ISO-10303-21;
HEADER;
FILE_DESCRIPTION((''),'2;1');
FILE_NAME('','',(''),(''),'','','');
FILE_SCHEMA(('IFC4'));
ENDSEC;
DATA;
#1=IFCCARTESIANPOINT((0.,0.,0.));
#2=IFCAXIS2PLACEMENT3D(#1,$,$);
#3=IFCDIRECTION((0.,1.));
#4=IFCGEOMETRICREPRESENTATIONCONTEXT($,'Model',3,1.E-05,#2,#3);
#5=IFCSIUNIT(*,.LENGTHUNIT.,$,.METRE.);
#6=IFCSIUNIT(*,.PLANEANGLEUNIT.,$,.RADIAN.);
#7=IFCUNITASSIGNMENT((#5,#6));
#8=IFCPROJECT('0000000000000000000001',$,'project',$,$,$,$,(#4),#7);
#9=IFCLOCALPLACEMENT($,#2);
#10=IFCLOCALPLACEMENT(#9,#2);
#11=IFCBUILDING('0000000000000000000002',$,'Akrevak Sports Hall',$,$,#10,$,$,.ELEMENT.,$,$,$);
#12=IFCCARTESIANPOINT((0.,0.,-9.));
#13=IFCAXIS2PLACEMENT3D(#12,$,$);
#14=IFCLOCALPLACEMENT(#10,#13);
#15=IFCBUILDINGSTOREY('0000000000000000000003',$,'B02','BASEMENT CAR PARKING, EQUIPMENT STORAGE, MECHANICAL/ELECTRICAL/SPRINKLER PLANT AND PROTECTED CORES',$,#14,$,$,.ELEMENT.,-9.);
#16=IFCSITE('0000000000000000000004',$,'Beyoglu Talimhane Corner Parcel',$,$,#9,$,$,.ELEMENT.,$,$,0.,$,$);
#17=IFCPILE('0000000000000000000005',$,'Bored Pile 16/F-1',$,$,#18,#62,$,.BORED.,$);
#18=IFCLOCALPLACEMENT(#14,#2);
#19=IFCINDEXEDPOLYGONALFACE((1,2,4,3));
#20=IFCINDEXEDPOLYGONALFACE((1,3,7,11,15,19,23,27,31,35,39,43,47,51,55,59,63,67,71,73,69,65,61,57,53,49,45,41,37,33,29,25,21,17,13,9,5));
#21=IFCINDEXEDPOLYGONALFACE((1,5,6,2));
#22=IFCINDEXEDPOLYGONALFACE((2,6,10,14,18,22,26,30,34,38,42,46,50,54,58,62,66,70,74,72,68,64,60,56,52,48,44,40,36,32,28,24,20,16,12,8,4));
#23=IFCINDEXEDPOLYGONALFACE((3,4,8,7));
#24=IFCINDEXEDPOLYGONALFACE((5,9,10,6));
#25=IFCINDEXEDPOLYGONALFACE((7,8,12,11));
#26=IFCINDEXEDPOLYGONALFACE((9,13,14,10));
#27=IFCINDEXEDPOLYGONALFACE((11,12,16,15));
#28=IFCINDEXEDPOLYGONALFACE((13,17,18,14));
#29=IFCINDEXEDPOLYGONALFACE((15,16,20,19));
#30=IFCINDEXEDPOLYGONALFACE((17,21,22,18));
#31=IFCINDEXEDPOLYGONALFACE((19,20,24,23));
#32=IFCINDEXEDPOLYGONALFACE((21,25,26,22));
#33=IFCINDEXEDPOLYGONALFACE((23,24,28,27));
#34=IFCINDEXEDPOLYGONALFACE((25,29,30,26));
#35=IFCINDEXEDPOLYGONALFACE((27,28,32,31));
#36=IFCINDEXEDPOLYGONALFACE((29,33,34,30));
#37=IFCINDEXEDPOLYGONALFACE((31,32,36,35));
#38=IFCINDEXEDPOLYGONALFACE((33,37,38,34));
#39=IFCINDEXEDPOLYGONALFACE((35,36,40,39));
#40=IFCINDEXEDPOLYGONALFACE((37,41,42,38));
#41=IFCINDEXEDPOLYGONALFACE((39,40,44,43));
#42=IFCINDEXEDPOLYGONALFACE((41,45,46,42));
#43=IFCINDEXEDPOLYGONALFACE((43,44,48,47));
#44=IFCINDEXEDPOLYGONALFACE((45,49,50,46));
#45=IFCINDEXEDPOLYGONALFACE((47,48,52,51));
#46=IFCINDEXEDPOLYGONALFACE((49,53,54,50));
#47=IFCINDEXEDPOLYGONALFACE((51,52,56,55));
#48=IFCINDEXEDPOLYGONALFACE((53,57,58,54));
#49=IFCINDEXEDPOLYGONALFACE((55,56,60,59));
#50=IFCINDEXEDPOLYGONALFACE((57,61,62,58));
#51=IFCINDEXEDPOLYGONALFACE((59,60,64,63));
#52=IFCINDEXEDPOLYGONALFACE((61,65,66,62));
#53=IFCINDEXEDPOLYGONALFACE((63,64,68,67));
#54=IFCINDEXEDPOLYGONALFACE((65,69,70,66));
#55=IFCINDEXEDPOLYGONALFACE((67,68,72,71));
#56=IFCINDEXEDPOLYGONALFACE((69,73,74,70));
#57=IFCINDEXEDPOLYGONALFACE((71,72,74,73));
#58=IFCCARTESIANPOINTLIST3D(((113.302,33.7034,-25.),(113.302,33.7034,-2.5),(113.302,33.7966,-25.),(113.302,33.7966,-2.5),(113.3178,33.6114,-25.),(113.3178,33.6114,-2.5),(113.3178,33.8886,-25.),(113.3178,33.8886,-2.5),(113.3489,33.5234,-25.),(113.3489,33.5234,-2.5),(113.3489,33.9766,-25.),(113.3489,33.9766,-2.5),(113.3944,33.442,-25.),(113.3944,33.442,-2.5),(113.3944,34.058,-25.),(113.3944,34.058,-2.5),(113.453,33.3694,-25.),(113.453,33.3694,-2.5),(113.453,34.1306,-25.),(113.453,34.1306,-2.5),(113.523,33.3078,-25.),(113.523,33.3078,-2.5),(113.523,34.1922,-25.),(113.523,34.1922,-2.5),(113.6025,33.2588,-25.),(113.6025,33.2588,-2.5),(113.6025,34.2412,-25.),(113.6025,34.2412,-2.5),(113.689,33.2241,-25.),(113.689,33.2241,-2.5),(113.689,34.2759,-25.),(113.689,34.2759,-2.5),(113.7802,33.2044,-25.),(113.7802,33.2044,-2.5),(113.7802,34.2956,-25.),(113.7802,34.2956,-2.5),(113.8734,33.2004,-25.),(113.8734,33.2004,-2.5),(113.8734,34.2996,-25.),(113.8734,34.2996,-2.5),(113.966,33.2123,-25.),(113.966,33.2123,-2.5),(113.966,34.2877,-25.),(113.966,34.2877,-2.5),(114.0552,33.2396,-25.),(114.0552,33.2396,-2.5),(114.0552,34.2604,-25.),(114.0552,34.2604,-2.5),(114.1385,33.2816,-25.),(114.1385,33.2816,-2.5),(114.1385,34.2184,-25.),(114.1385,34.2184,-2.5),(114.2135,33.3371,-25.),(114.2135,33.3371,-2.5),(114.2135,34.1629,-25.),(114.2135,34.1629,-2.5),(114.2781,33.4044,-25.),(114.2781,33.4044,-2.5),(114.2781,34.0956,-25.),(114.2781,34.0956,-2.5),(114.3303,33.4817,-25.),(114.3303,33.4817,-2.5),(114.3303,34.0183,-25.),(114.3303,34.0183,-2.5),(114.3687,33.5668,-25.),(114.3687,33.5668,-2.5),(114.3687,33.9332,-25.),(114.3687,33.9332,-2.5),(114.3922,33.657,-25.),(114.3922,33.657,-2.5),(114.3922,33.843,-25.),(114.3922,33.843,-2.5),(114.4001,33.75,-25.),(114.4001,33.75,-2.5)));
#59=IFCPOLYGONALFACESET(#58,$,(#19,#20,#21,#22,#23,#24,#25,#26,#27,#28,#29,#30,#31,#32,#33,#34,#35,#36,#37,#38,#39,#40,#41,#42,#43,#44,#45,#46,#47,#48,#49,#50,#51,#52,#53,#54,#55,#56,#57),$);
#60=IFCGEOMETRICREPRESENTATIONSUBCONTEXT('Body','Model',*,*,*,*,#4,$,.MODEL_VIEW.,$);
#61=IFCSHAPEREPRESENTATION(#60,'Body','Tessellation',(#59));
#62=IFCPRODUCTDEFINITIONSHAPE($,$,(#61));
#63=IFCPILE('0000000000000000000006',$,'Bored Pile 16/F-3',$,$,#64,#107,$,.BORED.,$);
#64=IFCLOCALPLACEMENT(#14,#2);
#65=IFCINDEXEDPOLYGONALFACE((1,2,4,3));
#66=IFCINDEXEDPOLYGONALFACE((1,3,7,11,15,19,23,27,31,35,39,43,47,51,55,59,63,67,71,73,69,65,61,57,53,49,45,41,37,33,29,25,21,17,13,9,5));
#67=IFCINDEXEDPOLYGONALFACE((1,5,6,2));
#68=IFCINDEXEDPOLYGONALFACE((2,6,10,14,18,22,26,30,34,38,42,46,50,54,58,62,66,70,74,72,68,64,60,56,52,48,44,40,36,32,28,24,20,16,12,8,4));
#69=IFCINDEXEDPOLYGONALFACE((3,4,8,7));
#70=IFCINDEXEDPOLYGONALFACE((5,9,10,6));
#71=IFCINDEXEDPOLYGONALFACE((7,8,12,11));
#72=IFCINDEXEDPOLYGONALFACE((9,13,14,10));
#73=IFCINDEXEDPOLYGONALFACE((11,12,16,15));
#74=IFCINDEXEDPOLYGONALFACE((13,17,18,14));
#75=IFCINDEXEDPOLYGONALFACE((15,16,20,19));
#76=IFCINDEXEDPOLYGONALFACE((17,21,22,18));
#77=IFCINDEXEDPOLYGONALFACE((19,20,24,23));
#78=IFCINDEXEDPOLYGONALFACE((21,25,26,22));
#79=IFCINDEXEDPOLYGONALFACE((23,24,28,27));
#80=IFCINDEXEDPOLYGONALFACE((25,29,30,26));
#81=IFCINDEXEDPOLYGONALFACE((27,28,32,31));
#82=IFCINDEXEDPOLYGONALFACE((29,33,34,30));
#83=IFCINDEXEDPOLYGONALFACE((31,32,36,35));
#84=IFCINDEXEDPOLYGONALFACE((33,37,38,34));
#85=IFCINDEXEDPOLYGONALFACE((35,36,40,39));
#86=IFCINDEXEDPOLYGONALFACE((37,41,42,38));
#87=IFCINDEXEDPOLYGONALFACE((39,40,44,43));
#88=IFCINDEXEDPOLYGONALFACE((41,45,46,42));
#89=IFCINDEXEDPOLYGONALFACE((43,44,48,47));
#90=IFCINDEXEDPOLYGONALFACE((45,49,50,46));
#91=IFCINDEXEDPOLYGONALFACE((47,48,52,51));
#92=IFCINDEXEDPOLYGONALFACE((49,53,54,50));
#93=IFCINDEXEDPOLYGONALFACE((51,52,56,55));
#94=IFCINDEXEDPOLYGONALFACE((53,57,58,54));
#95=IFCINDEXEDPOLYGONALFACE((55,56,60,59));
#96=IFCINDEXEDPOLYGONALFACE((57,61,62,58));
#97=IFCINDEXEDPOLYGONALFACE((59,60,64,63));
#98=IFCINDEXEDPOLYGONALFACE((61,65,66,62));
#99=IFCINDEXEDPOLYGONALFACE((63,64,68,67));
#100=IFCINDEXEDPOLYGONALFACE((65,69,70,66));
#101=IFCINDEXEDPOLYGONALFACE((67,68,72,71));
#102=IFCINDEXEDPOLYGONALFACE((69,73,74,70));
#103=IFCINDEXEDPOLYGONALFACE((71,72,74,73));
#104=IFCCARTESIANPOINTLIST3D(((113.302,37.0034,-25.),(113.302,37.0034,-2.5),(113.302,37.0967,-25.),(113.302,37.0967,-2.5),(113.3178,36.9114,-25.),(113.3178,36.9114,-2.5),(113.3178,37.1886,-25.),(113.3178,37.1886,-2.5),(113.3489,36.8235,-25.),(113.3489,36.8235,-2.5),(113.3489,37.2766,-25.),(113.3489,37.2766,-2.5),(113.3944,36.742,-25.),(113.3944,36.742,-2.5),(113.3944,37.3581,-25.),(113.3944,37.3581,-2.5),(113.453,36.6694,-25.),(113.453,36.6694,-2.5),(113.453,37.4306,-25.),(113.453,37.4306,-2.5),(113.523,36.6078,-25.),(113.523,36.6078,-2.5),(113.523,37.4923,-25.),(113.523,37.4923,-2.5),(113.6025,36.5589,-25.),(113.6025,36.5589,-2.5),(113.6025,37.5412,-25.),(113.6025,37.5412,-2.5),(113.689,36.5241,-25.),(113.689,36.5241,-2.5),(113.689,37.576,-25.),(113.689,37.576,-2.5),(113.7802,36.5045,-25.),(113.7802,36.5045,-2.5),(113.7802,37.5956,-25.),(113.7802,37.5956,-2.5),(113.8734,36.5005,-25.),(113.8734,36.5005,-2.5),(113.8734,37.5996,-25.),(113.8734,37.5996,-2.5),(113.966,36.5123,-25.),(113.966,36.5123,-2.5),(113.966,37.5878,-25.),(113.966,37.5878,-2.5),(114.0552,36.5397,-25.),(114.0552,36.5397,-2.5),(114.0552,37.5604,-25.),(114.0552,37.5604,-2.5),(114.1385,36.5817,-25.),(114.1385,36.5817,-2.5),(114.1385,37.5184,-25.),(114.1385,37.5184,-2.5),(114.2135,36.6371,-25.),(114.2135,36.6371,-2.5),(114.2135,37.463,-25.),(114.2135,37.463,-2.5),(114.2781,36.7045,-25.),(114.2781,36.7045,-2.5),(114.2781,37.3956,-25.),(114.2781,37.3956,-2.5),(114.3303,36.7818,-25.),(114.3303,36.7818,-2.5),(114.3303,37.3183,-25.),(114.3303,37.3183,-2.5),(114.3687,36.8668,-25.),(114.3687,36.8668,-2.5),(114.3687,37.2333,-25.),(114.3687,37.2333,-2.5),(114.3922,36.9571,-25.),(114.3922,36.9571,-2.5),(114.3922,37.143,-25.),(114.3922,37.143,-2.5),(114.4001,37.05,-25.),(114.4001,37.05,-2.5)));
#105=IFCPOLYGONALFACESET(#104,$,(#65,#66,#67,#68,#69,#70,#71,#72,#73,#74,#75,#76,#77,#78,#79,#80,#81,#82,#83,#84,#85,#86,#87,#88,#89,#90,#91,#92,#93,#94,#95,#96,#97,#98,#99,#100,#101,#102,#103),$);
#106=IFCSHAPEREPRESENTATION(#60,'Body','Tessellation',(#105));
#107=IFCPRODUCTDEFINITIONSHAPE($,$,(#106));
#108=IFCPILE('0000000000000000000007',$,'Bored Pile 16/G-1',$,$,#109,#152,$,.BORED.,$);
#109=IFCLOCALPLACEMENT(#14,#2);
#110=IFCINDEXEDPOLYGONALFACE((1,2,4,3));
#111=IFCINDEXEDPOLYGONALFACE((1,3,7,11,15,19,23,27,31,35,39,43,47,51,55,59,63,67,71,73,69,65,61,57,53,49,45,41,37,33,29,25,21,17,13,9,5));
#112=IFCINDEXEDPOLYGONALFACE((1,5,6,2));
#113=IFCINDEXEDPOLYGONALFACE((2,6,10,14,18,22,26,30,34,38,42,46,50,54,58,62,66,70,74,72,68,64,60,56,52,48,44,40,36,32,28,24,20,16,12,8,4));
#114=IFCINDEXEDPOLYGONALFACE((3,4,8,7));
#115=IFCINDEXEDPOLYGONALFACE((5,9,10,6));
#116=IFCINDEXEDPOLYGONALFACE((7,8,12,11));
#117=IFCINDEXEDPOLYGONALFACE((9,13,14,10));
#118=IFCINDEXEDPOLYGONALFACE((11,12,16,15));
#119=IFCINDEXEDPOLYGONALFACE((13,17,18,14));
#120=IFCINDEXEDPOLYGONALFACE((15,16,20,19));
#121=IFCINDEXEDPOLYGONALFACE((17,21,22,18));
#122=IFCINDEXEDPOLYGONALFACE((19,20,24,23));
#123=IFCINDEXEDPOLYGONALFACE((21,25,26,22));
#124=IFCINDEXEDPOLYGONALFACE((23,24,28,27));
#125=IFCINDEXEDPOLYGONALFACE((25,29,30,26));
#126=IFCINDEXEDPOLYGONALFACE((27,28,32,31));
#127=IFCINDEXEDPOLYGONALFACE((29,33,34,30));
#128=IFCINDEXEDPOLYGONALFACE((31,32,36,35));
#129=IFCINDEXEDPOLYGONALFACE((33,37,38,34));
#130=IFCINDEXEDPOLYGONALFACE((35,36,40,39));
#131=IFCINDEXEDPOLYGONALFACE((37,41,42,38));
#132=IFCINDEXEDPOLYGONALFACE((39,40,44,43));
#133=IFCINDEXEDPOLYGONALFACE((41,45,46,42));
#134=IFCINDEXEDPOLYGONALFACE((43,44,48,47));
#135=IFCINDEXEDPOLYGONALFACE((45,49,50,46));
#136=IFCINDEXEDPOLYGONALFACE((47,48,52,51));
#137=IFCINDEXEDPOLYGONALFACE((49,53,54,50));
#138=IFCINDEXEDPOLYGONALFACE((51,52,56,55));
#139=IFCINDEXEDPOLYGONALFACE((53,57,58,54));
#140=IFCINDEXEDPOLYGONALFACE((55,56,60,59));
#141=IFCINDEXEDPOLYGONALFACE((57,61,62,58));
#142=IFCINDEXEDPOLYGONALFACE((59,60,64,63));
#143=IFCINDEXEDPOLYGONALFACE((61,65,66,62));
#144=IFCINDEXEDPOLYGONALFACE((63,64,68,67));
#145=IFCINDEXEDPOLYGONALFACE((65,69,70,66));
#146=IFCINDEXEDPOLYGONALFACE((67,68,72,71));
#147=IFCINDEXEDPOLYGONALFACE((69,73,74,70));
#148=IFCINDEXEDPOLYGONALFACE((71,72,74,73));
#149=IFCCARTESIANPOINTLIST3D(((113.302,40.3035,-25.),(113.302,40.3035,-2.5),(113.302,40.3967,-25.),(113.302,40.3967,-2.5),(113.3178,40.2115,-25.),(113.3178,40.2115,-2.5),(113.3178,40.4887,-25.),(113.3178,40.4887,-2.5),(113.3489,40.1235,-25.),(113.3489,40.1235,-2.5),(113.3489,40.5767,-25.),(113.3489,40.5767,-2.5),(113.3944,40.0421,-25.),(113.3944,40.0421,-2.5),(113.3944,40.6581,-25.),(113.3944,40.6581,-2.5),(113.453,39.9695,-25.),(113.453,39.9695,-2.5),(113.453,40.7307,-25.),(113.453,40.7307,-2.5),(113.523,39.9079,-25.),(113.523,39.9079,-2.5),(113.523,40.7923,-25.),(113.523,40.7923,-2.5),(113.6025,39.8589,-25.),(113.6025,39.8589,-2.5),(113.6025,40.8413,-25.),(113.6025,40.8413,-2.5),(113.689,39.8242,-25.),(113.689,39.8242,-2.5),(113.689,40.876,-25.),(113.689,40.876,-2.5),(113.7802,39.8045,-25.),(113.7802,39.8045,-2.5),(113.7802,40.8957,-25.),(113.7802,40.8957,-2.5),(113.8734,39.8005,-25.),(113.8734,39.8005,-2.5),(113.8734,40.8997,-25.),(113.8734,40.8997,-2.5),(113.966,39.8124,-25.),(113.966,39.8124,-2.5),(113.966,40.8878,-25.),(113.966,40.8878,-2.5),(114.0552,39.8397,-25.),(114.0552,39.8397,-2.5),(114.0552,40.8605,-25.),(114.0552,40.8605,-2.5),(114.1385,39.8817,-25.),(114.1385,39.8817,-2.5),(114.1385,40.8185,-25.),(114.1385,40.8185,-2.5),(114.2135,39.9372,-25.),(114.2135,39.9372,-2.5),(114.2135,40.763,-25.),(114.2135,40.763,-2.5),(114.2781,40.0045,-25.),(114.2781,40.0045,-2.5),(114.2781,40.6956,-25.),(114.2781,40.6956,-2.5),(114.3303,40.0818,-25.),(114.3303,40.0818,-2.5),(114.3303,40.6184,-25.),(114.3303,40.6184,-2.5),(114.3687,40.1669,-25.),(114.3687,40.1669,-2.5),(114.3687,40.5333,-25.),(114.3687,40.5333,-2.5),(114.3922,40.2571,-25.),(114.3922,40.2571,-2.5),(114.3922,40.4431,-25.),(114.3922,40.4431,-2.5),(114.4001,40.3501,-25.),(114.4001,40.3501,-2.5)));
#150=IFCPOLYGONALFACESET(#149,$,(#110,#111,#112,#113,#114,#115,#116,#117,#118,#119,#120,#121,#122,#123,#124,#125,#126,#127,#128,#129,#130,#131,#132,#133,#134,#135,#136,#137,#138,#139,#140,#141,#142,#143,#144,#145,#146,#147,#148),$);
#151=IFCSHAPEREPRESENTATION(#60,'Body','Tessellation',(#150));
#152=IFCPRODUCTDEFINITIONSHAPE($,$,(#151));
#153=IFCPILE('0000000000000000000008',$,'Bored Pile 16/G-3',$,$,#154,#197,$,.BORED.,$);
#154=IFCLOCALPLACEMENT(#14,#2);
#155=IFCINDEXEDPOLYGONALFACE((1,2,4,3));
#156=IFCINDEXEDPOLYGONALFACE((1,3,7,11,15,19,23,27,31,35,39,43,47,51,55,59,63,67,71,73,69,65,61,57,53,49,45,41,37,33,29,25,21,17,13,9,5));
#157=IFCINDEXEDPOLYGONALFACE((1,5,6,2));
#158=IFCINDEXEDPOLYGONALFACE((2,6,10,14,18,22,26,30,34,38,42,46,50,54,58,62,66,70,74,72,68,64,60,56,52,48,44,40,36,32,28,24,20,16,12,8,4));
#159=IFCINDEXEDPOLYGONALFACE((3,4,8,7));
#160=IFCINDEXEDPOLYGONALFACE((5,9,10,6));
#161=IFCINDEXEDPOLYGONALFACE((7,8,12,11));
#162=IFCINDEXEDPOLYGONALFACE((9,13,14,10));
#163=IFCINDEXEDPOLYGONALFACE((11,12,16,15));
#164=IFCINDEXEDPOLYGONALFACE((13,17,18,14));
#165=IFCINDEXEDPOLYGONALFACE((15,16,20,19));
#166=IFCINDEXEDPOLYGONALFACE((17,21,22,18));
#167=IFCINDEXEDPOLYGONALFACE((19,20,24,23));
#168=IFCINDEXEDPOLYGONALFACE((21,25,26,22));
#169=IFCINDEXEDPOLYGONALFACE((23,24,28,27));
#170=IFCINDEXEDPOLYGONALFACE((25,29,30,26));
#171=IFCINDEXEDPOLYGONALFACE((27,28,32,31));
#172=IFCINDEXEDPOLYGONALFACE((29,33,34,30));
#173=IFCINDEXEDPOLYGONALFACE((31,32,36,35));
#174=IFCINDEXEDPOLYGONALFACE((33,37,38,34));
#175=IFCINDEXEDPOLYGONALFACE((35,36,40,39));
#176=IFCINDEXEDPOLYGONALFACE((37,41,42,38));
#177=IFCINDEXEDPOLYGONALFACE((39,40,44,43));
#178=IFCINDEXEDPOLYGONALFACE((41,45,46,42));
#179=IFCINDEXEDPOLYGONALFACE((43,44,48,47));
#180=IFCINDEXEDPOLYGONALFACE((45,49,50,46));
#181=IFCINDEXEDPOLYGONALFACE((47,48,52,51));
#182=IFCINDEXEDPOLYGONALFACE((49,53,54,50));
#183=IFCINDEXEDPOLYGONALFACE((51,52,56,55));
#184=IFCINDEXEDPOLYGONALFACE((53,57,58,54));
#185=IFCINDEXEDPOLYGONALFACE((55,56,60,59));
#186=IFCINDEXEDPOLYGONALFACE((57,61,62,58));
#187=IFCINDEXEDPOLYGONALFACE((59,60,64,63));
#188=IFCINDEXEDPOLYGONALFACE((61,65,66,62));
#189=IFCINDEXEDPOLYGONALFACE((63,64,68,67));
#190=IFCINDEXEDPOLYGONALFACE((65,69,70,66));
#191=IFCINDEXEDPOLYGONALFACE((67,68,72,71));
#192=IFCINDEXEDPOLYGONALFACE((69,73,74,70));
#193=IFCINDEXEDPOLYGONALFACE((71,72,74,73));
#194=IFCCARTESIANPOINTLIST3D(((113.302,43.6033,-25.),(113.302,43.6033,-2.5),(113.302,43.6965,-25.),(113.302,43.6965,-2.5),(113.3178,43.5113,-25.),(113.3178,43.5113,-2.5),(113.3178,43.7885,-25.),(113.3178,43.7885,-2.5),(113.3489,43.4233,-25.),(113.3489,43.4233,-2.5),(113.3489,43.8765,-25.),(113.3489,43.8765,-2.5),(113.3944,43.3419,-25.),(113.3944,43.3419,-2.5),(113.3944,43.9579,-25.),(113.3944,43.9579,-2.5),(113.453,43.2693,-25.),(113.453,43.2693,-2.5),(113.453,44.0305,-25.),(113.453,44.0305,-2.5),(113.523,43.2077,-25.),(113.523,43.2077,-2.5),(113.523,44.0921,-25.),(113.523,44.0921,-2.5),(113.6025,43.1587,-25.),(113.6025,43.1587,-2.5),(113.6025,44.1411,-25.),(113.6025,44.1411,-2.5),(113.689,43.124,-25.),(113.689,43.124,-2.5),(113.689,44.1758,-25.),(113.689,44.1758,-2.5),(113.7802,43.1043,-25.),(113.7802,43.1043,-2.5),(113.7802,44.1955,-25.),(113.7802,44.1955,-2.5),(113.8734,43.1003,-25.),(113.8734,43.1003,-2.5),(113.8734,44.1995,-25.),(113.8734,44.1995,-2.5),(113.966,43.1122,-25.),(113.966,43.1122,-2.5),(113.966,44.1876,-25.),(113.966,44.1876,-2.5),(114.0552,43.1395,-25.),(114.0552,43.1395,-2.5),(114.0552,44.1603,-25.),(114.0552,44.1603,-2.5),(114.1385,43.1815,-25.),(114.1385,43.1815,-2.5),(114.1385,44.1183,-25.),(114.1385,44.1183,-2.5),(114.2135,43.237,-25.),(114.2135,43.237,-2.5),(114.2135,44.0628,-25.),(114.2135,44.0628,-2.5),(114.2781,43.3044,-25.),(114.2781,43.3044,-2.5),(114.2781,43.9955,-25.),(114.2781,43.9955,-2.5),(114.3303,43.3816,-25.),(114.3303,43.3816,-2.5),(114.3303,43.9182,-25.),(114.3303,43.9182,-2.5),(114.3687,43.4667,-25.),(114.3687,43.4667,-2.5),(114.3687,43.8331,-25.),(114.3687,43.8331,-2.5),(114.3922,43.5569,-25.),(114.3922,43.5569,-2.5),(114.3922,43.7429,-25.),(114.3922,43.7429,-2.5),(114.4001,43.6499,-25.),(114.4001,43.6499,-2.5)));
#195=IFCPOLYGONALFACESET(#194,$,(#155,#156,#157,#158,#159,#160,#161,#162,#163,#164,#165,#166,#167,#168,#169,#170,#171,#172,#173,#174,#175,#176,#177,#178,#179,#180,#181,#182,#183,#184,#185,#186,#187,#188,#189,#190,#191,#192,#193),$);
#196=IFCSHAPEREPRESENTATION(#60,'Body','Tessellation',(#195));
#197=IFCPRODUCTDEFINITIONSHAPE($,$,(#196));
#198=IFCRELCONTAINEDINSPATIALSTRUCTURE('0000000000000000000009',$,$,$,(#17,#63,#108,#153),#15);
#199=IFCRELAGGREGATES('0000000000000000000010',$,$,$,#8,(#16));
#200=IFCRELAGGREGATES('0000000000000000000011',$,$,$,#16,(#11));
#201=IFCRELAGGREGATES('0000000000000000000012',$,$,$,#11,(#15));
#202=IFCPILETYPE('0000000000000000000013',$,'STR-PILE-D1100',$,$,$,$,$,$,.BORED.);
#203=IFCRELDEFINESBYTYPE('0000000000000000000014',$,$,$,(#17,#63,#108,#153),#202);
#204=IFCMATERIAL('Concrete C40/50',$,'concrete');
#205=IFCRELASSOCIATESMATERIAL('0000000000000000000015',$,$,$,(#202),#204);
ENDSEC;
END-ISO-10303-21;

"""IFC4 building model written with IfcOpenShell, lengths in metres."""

from ifc_helpers import new_model, si_unit, direction, frame, origin, origin_2d, place, context, subcontext, project, spatial, circle, extrude, material, material_profile, profile_set, type_object, element, save


model = new_model("IFC4")

# Units and contexts
model_context = context("Model", 3, precision=1e-05, world=origin(), true_north=direction((0.0, 1.0)))
body_context = subcontext(model_context, "Body", "Model", "MODEL_VIEW")
ifc_project = project(units=[si_unit("LENGTHUNIT", "METRE"), si_unit("PLANEANGLEUNIT", "RADIAN")], contexts=[model_context])

# Site, building, storey
site_placement = place(None, origin())
site = spatial("IfcSite", under=ifc_project, at=site_placement, Name="Beyoglu Talimhane Corner Parcel", CompositionType="ELEMENT", RefElevation=0.0)
building_placement = place(site_placement, origin())
building = spatial("IfcBuilding", under=site, at=building_placement, Name="Akrevak Sports Hall", CompositionType="ELEMENT")
storey_placement = place(building_placement, frame((0.0, 0.0, -9.0)))
storey = spatial("IfcBuildingStorey", under=building, at=storey_placement, Name="B02", Description="BASEMENT CAR PARKING, EQUIPMENT STORAGE, MECHANICAL/ELECTRICAL/SPRINKLER PLANT AND PROTECTED CORES", CompositionType="ELEMENT", Elevation=-9.0)

# Shared definitions
ifc_material_1 = material(Name="Concrete C40/50", Category="concrete")

# Piles
ifc_material_profile_1 = material_profile(ifc_material_1, circle(Radius=0.55, at=origin_2d()), Name="BORED PILE D1100", Category="concrete")
ifc_profile_set_1 = profile_set([ifc_material_profile_1], Name="Concrete C40/50")
pile_type = type_object("IfcPileType", Name="STR-PILE-D1100", PredefinedType="BORED", material=ifc_profile_set_1)
for number, where, z_axis, x_axis, name in (
    (1, (113.8501, 33.75, -2.5), (0.0, 0.0, -1.0), (1.0, 0.0, 0.0), "Bored Pile 16/F-1"),
    (2, (113.8501, 37.05, -2.5), (0.0, 0.0, -1.0), (1.0, 0.0, 0.0), "Bored Pile 16/F-3"),
    (3, (113.8501, 40.3501, -2.5), (0.0, 0.0, -1.0), (1.0, 0.0, 0.0), "Bored Pile 16/G-1"),
    (4, (113.8501, 43.6499, -2.5), (0.0, 0.0, -1.0), (1.0, 0.0, 0.0), "Bored Pile 16/G-3"),
):
    element("IfcPile", number, at=place(storey_placement, frame(where, z_axis=z_axis, x_axis=x_axis)), inside=storey, type_object=pile_type, Name=name, PredefinedType="BORED", context=body_context, shape_type="SweptSolid", body=[
        extrude(circle(Radius=0.55, at=origin_2d()), origin(), (0.0, 0.0, 1.0), 22.5),
    ])

save(model, "model.ifc")
